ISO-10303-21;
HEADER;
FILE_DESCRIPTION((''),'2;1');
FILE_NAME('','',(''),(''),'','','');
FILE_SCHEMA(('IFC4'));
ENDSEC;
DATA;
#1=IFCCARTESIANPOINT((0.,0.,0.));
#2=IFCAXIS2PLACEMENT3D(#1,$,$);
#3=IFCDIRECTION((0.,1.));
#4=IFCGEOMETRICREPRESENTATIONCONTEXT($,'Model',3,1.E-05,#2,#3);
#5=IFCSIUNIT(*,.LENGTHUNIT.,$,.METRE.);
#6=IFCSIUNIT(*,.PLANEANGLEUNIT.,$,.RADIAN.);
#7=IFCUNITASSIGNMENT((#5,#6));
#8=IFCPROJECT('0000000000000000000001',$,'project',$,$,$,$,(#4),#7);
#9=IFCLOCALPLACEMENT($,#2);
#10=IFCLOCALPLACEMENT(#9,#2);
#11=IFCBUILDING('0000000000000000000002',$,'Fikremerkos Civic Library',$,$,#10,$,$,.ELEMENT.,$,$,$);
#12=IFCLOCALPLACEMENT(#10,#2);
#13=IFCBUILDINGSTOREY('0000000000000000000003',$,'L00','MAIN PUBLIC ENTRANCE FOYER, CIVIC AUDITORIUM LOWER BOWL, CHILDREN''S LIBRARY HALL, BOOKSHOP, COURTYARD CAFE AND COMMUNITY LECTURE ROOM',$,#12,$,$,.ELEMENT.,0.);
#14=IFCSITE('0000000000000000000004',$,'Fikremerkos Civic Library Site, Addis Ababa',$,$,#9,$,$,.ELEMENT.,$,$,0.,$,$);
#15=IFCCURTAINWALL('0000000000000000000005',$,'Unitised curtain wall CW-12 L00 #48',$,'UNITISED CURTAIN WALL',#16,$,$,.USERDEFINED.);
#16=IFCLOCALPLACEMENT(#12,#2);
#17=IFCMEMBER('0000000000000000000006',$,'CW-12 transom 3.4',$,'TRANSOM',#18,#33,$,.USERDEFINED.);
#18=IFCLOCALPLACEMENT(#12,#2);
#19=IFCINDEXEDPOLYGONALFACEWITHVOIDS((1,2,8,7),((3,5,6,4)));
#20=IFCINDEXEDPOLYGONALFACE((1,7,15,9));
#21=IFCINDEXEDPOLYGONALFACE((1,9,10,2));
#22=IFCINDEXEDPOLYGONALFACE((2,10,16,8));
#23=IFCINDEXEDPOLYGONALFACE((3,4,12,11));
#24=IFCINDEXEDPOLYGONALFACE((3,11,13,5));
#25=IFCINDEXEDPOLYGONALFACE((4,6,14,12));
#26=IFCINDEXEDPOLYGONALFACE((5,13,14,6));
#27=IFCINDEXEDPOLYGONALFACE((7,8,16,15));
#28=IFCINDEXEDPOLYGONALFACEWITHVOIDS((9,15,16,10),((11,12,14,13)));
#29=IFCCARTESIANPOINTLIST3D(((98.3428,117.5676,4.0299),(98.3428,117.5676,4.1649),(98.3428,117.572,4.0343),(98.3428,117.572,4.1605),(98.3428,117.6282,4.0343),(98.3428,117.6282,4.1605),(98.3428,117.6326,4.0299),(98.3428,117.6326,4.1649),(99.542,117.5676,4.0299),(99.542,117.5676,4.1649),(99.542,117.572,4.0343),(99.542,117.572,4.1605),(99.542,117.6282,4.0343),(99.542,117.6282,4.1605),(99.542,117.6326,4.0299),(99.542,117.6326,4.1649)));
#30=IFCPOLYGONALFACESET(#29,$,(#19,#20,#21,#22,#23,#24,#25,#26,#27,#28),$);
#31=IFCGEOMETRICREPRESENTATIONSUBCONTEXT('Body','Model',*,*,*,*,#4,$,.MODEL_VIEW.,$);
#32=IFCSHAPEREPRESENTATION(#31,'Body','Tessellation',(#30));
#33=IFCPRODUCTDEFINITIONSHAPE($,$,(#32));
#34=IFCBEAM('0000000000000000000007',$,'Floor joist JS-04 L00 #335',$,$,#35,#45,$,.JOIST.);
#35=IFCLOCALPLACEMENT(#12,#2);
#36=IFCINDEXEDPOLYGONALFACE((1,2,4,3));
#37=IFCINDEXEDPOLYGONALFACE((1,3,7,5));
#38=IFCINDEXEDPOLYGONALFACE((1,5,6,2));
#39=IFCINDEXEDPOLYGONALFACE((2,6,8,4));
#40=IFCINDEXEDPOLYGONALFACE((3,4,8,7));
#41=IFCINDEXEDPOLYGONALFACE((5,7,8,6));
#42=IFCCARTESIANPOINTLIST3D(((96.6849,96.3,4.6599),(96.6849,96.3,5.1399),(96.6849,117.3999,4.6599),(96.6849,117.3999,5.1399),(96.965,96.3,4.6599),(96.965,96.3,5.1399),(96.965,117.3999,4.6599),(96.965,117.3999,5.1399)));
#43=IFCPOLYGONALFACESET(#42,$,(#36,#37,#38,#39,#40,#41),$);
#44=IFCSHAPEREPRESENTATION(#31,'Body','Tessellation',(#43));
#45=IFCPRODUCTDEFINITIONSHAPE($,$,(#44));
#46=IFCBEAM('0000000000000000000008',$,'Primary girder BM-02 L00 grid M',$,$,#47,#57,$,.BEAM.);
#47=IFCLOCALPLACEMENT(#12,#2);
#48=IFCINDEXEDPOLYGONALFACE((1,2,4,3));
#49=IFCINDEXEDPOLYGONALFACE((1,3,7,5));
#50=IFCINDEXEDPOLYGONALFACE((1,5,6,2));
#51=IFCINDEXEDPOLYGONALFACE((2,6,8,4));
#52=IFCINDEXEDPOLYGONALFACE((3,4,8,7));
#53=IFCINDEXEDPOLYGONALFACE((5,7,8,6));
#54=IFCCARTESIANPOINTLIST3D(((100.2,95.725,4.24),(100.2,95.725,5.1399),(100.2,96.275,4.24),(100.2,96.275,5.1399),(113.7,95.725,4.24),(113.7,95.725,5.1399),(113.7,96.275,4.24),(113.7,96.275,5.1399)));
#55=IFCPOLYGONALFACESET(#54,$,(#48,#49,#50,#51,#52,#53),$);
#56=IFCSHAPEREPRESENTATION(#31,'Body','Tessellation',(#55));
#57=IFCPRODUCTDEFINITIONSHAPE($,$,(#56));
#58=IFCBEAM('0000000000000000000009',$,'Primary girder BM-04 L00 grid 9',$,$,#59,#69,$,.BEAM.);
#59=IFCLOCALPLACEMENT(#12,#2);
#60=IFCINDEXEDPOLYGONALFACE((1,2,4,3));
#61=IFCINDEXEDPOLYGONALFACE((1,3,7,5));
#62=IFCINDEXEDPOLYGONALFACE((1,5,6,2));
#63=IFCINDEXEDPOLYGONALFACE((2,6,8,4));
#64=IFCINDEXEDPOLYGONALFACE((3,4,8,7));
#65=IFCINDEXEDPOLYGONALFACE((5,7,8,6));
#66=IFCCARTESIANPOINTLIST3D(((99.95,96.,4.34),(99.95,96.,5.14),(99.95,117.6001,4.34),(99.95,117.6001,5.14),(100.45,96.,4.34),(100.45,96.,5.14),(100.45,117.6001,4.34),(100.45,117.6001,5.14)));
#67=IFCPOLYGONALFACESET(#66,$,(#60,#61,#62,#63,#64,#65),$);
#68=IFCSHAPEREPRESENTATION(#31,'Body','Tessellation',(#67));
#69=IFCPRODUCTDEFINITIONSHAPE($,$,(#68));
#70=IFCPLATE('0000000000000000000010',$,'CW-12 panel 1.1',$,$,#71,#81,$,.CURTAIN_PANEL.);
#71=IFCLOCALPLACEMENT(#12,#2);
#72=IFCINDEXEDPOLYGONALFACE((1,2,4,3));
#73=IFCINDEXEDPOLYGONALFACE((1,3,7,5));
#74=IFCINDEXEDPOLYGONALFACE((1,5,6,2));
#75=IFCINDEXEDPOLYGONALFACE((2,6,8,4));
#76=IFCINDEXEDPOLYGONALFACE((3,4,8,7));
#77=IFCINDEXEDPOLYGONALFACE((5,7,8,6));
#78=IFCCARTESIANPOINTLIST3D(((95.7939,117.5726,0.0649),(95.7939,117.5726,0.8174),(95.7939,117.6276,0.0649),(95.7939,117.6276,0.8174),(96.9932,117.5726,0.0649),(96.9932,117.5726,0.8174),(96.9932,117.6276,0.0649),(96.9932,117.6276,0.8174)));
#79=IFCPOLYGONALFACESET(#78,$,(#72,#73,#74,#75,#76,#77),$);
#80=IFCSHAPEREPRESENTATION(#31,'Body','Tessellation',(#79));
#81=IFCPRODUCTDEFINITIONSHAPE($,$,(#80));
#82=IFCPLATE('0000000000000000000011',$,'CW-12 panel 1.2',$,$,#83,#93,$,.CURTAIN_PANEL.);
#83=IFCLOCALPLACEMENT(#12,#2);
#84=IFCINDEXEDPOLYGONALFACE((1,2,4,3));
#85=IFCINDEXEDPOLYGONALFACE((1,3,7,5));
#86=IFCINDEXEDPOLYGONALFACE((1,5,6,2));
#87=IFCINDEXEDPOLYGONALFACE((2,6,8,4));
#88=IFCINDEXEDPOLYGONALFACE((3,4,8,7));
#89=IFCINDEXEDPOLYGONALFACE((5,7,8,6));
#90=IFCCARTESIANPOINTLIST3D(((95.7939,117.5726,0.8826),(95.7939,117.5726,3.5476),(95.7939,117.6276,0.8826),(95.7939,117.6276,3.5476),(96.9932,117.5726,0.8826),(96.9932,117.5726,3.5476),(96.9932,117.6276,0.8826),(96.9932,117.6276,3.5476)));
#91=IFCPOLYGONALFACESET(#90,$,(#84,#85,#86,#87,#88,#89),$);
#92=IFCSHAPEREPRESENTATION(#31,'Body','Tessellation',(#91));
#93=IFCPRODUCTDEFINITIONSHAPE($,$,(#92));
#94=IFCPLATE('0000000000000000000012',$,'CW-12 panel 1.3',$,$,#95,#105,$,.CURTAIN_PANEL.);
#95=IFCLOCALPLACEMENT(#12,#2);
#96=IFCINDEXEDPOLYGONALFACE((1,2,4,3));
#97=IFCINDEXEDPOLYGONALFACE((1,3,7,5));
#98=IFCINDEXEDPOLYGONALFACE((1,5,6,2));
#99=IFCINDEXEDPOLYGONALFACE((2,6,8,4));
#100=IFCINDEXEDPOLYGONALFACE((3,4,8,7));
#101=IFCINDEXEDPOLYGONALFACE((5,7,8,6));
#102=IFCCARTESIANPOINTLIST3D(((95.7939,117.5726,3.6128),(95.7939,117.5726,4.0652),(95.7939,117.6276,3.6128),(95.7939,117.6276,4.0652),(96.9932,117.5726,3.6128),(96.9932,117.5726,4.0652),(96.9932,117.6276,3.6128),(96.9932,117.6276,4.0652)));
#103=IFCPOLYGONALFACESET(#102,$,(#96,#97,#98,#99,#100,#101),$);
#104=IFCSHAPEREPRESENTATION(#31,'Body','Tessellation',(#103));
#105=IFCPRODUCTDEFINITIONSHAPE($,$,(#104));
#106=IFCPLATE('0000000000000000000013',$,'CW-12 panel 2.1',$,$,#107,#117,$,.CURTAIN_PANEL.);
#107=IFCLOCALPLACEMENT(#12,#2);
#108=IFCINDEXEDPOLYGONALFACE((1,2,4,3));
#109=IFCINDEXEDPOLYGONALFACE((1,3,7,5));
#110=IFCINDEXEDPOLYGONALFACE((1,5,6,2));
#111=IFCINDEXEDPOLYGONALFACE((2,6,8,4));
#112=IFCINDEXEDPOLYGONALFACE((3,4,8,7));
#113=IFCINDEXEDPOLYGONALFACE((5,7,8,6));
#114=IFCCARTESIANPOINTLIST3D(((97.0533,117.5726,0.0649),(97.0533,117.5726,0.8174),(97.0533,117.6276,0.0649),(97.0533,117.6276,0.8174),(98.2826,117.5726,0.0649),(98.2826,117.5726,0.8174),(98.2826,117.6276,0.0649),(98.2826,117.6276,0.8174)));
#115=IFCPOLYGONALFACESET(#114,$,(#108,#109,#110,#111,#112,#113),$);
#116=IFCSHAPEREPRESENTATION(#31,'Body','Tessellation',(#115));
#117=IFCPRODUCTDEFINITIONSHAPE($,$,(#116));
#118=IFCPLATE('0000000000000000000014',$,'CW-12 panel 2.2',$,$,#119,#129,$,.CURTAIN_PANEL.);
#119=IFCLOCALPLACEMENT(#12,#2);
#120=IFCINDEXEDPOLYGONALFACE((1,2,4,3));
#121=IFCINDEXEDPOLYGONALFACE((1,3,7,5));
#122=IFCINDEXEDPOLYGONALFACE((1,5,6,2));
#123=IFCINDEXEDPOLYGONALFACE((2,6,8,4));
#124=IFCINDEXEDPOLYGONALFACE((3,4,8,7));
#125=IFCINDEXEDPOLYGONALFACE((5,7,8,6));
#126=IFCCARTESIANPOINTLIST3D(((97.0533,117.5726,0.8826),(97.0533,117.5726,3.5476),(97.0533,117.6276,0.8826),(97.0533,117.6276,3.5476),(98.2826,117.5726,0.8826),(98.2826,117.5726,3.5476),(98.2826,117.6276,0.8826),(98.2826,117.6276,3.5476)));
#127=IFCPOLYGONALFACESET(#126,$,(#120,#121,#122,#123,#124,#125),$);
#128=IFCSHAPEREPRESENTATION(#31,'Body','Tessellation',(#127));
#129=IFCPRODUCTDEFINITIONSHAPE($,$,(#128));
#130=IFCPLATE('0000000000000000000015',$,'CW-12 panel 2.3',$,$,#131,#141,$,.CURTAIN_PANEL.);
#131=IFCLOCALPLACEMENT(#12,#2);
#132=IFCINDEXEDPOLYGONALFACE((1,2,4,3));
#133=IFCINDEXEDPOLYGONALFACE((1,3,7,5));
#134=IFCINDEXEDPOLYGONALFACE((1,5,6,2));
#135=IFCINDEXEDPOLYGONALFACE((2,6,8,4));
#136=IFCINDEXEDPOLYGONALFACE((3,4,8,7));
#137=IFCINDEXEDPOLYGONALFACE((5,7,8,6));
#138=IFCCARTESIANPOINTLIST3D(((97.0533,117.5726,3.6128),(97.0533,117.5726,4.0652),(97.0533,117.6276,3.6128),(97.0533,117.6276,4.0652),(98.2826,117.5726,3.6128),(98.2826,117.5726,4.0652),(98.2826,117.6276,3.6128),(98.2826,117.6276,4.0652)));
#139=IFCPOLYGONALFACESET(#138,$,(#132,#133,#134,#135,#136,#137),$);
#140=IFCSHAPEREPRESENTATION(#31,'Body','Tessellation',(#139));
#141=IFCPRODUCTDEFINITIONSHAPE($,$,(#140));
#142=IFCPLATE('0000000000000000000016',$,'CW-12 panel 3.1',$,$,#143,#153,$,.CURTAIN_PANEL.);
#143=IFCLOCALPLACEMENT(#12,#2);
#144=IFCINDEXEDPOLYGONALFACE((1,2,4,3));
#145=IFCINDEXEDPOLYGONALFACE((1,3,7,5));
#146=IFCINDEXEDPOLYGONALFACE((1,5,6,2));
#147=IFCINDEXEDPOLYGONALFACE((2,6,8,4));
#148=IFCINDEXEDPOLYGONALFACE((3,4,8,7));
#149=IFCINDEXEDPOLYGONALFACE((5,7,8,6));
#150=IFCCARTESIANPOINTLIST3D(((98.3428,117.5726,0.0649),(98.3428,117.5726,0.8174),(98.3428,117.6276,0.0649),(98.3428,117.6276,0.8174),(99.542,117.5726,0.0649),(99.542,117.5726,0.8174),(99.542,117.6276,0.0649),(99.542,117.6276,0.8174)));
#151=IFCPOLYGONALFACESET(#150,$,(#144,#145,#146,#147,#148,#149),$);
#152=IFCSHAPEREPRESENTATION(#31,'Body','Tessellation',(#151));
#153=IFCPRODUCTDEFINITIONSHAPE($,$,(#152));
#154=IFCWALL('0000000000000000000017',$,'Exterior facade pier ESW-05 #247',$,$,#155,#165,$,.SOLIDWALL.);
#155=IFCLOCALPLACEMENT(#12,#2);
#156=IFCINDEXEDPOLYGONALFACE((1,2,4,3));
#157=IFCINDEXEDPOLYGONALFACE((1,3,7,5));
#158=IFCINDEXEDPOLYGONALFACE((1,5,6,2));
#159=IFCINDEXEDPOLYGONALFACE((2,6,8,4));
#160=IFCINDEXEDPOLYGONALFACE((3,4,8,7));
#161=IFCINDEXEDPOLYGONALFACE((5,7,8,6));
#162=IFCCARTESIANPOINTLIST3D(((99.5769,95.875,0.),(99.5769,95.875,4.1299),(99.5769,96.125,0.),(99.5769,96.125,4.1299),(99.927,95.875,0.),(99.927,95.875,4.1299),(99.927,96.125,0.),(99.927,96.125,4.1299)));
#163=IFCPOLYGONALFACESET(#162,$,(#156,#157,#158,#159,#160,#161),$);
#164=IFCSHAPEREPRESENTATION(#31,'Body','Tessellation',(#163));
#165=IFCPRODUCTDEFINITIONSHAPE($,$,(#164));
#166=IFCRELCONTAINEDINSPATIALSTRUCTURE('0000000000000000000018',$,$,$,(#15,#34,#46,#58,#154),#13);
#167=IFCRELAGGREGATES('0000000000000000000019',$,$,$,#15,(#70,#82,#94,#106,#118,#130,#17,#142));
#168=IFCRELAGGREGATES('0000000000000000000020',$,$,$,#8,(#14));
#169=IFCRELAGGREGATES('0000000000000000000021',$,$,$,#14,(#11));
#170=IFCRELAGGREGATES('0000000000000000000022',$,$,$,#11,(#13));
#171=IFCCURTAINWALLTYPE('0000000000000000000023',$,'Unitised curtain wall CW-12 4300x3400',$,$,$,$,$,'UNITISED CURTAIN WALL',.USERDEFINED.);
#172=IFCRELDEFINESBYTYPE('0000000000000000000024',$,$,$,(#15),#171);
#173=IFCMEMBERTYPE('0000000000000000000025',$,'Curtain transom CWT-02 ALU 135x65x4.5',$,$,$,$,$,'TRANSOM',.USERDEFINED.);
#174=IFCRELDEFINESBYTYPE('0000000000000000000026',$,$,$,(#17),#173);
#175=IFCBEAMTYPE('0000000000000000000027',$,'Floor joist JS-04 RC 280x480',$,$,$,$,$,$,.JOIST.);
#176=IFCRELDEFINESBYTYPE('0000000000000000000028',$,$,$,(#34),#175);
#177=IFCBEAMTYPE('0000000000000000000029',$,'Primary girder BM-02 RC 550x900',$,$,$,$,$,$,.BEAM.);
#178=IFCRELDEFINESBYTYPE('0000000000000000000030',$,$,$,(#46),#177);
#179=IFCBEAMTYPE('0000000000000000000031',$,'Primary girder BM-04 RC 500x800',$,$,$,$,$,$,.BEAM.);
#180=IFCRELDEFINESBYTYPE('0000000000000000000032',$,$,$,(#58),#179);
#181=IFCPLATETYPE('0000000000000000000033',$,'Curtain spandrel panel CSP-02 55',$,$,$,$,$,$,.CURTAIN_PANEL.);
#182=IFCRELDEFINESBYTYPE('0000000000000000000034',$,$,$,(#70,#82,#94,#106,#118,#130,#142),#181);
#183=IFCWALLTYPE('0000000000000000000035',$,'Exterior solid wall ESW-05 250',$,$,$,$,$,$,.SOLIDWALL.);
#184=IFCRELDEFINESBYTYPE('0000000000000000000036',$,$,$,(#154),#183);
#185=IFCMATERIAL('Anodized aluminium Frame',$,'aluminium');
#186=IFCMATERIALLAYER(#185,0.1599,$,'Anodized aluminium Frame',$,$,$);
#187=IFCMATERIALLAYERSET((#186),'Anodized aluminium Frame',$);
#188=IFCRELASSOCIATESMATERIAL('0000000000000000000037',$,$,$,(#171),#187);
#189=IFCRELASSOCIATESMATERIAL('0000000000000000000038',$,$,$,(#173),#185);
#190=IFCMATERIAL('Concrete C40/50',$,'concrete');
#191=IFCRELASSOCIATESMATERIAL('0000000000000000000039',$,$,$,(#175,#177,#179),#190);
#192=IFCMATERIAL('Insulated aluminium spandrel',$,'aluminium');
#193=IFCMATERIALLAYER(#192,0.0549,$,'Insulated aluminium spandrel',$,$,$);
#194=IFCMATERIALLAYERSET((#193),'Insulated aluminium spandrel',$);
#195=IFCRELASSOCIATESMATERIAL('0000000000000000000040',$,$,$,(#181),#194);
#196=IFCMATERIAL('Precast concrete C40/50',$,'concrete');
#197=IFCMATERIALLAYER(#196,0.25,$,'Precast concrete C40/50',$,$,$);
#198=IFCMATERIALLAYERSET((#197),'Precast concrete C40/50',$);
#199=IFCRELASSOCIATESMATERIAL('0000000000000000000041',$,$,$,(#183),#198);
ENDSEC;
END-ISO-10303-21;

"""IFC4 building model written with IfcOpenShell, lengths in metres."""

from ifc_helpers import new_model, si_unit, direction, frame, frame_2d, origin, origin_2d, place, context, subcontext, project, spatial, rectangle, hollow_rectangle, extrude, material, layer, layer_set, material_profile, profile_set, type_object, element, aggregate, save


model = new_model("IFC4")

# Units and contexts
model_context = context("Model", 3, precision=1e-05, world=origin(), true_north=direction((0.0, 1.0)))
body_context = subcontext(model_context, "Body", "Model", "MODEL_VIEW")
ifc_project = project(units=[si_unit("LENGTHUNIT", "METRE"), si_unit("PLANEANGLEUNIT", "RADIAN")], contexts=[model_context])

# Site, building, storey
site_placement = place(None, origin())
site = spatial("IfcSite", under=ifc_project, at=site_placement, Name="Fikremerkos Civic Library Site, Addis Ababa", CompositionType="ELEMENT", RefElevation=0.0)
building_placement = place(site_placement, origin())
building = spatial("IfcBuilding", under=site, at=building_placement, Name="Fikremerkos Civic Library", CompositionType="ELEMENT")
storey_placement = place(building_placement, origin())
storey = spatial("IfcBuildingStorey", under=building, at=storey_placement, Name="L00", Description="MAIN PUBLIC ENTRANCE FOYER, CIVIC AUDITORIUM LOWER BOWL, CHILDREN'S LIBRARY HALL, BOOKSHOP, COURTYARD CAFE AND COMMUNITY LECTURE ROOM", CompositionType="ELEMENT", Elevation=0.0)

# Shared definitions
ifc_material_1 = material(Name="Concrete C40/50", Category="concrete")

# Shared definitions
ifc_material_2 = material(Name="Anodized aluminium Frame", Category="aluminium")

# Curtain wall, member
ifc_layer_1 = layer(ifc_material_2, 0.1599, Name="Anodized aluminium Frame")
ifc_layer_set_1 = layer_set([ifc_layer_1], Name="Anodized aluminium Frame")
curtain_wall_type_1 = type_object("IfcCurtainWallType", Name="Unitised curtain wall CW-12 4300x3400", ElementType="UNITISED CURTAIN WALL", PredefinedType="USERDEFINED", material=ifc_layer_set_1)
curtain_wall_1_placement = place(storey_placement, origin())
curtain_wall_1 = element("IfcCurtainWall", 1, at=curtain_wall_1_placement, inside=storey, type_object=curtain_wall_type_1, Name="Unitised curtain wall CW-12 L00 #48", ObjectType="UNITISED CURTAIN WALL", PredefinedType="USERDEFINED")
ifc_material_profile_1 = material_profile(ifc_material_2, hollow_rectangle(XDim=0.0649, YDim=0.135, WallThickness=0.0044, at=origin_2d()), Name="ALU 135x65x4.5")
ifc_profile_set_1 = profile_set([ifc_material_profile_1], Name="Anodized aluminium Frame")
member_type_1 = type_object("IfcMemberType", Name="Curtain transom CWT-02 ALU 135x65x4.5", ElementType="TRANSOM", PredefinedType="USERDEFINED", material=ifc_profile_set_1)
member_1_placement = place(storey_placement, frame((98.3428, 117.6001, 4.0974), z_axis=(1.0, 0.0, 0.0), x_axis=(0.0, 1.0, 0.0)))
member_1 = element("IfcMember", 2, at=member_1_placement, type_object=member_type_1, Name="CW-12 transom 3.4", ObjectType="TRANSOM", PredefinedType="USERDEFINED", context=body_context, shape_type="SweptSolid", body=[
    extrude(hollow_rectangle(XDim=0.0649, YDim=0.135, WallThickness=0.0044, at=origin_2d()), origin(), (0.0, 0.0, 1.0), 1.1992),
])

# Beams
ifc_material_profile_2 = material_profile(ifc_material_1, rectangle(XDim=0.28, YDim=0.48, at=origin_2d()), Name="RC 280x480")
ifc_profile_set_2 = profile_set([ifc_material_profile_2], Name="Concrete C40/50")
beam_type_1 = type_object("IfcBeamType", Name="Floor joist JS-04 RC 280x480", PredefinedType="JOIST", material=ifc_profile_set_2)
beam_1_placement = place(storey_placement, frame((96.825, 96.3, 4.8999), z_axis=(0.0, 1.0, 0.0), x_axis=(-1.0, 0.0, 0.0)))
element("IfcBeam", 3, at=beam_1_placement, inside=storey, type_object=beam_type_1, Name="Floor joist JS-04 L00 #335", PredefinedType="JOIST", context=body_context, shape_type="SweptSolid", body=[
    extrude(rectangle(XDim=0.28, YDim=0.48, at=origin_2d()), origin(), (0.0, 0.0, 1.0), 21.0999),
])
ifc_material_profile_3 = material_profile(ifc_material_1, rectangle(XDim=0.55, YDim=0.8999, at=origin_2d()), Name="RC 550x900")
ifc_profile_set_3 = profile_set([ifc_material_profile_3], Name="Concrete C40/50")
beam_type_2 = type_object("IfcBeamType", Name="Primary girder BM-02 RC 550x900", PredefinedType="BEAM", material=ifc_profile_set_3)
beam_2_placement = place(storey_placement, frame((100.2, 96.0, 4.6899), z_axis=(1.0, 0.0, 0.0), x_axis=(0.0, 1.0, 0.0)))
element("IfcBeam", 4, at=beam_2_placement, inside=storey, type_object=beam_type_2, Name="Primary girder BM-02 L00 grid M", PredefinedType="BEAM", context=body_context, shape_type="SweptSolid", body=[
    extrude(rectangle(XDim=0.55, YDim=0.8999, at=origin_2d()), origin(), (0.0, 0.0, 1.0), 13.5),
])
ifc_material_profile_4 = material_profile(ifc_material_1, rectangle(XDim=0.5, YDim=0.8, at=origin_2d()), Name="RC 500x800")
ifc_profile_set_4 = profile_set([ifc_material_profile_4], Name="Concrete C40/50")
beam_type_3 = type_object("IfcBeamType", Name="Primary girder BM-04 RC 500x800", PredefinedType="BEAM", material=ifc_profile_set_4)
beam_3_placement = place(storey_placement, frame((100.2, 96.0, 4.74), z_axis=(0.0, 1.0, 0.0), x_axis=(-1.0, 0.0, 0.0)))
element("IfcBeam", 5, at=beam_3_placement, inside=storey, type_object=beam_type_3, Name="Primary girder BM-04 L00 grid 9", PredefinedType="BEAM", context=body_context, shape_type="SweptSolid", body=[
    extrude(rectangle(XDim=0.5, YDim=0.8, at=origin_2d()), origin(), (0.0, 0.0, 1.0), 21.6001),
])

# Plates
ifc_material_3 = material(Name="Insulated aluminium spandrel", Category="aluminium")
ifc_layer_2 = layer(ifc_material_3, 0.0549, Name="Insulated aluminium spandrel")
ifc_layer_set_2 = layer_set([ifc_layer_2], Name="Insulated aluminium spandrel")
plate_type = type_object("IfcPlateType", Name="Curtain spandrel panel CSP-02 55", PredefinedType="CURTAIN_PANEL", material=ifc_layer_set_2)
plate_1_placement = place(storey_placement, frame((96.3936, 117.6001, 0.0649), z_axis=(0.0, 0.0, 1.0), x_axis=(1.0, 0.0, 0.0)))
plate_1 = element("IfcPlate", 6, at=plate_1_placement, type_object=plate_type, Name="CW-12 panel 1.1", PredefinedType="CURTAIN_PANEL", context=body_context, shape_type="SweptSolid", body=[
    extrude(rectangle(XDim=1.1992, YDim=0.0549, at=origin_2d()), origin(), (0.0, 0.0, 1.0), 0.7524),
])
plate_2_placement = place(storey_placement, frame((96.3936, 117.6001, 0.8826), z_axis=(0.0, 0.0, 1.0), x_axis=(1.0, 0.0, 0.0)))
plate_2 = element("IfcPlate", 7, at=plate_2_placement, type_object=plate_type, Name="CW-12 panel 1.2", PredefinedType="CURTAIN_PANEL", context=body_context, shape_type="SweptSolid", body=[
    extrude(rectangle(XDim=1.1992, YDim=0.0549, at=origin_2d()), origin(), (0.0, 0.0, 1.0), 2.665),
])
plate_3_placement = place(storey_placement, frame((96.3936, 117.6001, 3.6128), z_axis=(0.0, 0.0, 1.0), x_axis=(1.0, 0.0, 0.0)))
plate_3 = element("IfcPlate", 8, at=plate_3_placement, type_object=plate_type, Name="CW-12 panel 1.3", PredefinedType="CURTAIN_PANEL", context=body_context, shape_type="SweptSolid", body=[
    extrude(rectangle(XDim=1.1992, YDim=0.0549, at=origin_2d()), origin(), (0.0, 0.0, 1.0), 0.4524),
])
plate_4_placement = place(storey_placement, frame((97.668, 117.6001, 0.0649), z_axis=(0.0, 0.0, 1.0), x_axis=(1.0, 0.0, 0.0)))
plate_4 = element("IfcPlate", 9, at=plate_4_placement, type_object=plate_type, Name="CW-12 panel 2.1", PredefinedType="CURTAIN_PANEL", context=body_context, shape_type="SweptSolid", body=[
    extrude(rectangle(XDim=1.2292, YDim=0.0549, at=origin_2d()), origin(), (0.0, 0.0, 1.0), 0.7524),
])
plate_5_placement = place(storey_placement, frame((97.668, 117.6001, 0.8826), z_axis=(0.0, 0.0, 1.0), x_axis=(1.0, 0.0, 0.0)))
plate_5 = element("IfcPlate", 10, at=plate_5_placement, type_object=plate_type, Name="CW-12 panel 2.2", PredefinedType="CURTAIN_PANEL", context=body_context, shape_type="SweptSolid", body=[
    extrude(rectangle(XDim=1.2292, YDim=0.0549, at=origin_2d()), origin(), (0.0, 0.0, 1.0), 2.665),
])
plate_6_placement = place(storey_placement, frame((97.668, 117.6001, 3.6128), z_axis=(0.0, 0.0, 1.0), x_axis=(1.0, 0.0, 0.0)))
plate_6 = element("IfcPlate", 11, at=plate_6_placement, type_object=plate_type, Name="CW-12 panel 2.3", PredefinedType="CURTAIN_PANEL", context=body_context, shape_type="SweptSolid", body=[
    extrude(rectangle(XDim=1.2292, YDim=0.0549, at=origin_2d()), origin(), (0.0, 0.0, 1.0), 0.4524),
])
plate_7_placement = place(storey_placement, frame((98.9424, 117.6001, 0.0649), z_axis=(0.0, 0.0, 1.0), x_axis=(1.0, 0.0, 0.0)))
plate_7 = element("IfcPlate", 12, at=plate_7_placement, type_object=plate_type, Name="CW-12 panel 3.1", PredefinedType="CURTAIN_PANEL", context=body_context, shape_type="SweptSolid", body=[
    extrude(rectangle(XDim=1.1992, YDim=0.0549, at=origin_2d()), origin(), (0.0, 0.0, 1.0), 0.7524),
])
aggregate(curtain_wall_1, [plate_1, plate_2, plate_3, plate_4, plate_5, plate_6, member_1, plate_7])

# Wall
ifc_material_4 = material(Name="Precast concrete C40/50", Category="concrete")
ifc_layer_3 = layer(ifc_material_4, 0.25, Name="Precast concrete C40/50")
ifc_layer_set_3 = layer_set([ifc_layer_3], Name="Precast concrete C40/50")
wall_type = type_object("IfcWallType", Name="Exterior solid wall ESW-05 250", PredefinedType="SOLIDWALL", material=ifc_layer_set_3)
wall_placement = place(storey_placement, frame((99.927, 96.0, 0.0), z_axis=(0.0, 0.0, 1.0), x_axis=(-1.0, 0.0, 0.0)))
element("IfcWall", 13, at=wall_placement, inside=storey, type_object=wall_type, Name="Exterior facade pier ESW-05 #247", PredefinedType="SOLIDWALL", context=body_context, shape_type="SweptSolid", body=[
    extrude(rectangle(XDim=0.3501, YDim=0.25, at=frame_2d((0.175, 0.0))), origin(), (0.0, 0.0, 1.0), 4.1299),
])

save(model, "model.ifc")
